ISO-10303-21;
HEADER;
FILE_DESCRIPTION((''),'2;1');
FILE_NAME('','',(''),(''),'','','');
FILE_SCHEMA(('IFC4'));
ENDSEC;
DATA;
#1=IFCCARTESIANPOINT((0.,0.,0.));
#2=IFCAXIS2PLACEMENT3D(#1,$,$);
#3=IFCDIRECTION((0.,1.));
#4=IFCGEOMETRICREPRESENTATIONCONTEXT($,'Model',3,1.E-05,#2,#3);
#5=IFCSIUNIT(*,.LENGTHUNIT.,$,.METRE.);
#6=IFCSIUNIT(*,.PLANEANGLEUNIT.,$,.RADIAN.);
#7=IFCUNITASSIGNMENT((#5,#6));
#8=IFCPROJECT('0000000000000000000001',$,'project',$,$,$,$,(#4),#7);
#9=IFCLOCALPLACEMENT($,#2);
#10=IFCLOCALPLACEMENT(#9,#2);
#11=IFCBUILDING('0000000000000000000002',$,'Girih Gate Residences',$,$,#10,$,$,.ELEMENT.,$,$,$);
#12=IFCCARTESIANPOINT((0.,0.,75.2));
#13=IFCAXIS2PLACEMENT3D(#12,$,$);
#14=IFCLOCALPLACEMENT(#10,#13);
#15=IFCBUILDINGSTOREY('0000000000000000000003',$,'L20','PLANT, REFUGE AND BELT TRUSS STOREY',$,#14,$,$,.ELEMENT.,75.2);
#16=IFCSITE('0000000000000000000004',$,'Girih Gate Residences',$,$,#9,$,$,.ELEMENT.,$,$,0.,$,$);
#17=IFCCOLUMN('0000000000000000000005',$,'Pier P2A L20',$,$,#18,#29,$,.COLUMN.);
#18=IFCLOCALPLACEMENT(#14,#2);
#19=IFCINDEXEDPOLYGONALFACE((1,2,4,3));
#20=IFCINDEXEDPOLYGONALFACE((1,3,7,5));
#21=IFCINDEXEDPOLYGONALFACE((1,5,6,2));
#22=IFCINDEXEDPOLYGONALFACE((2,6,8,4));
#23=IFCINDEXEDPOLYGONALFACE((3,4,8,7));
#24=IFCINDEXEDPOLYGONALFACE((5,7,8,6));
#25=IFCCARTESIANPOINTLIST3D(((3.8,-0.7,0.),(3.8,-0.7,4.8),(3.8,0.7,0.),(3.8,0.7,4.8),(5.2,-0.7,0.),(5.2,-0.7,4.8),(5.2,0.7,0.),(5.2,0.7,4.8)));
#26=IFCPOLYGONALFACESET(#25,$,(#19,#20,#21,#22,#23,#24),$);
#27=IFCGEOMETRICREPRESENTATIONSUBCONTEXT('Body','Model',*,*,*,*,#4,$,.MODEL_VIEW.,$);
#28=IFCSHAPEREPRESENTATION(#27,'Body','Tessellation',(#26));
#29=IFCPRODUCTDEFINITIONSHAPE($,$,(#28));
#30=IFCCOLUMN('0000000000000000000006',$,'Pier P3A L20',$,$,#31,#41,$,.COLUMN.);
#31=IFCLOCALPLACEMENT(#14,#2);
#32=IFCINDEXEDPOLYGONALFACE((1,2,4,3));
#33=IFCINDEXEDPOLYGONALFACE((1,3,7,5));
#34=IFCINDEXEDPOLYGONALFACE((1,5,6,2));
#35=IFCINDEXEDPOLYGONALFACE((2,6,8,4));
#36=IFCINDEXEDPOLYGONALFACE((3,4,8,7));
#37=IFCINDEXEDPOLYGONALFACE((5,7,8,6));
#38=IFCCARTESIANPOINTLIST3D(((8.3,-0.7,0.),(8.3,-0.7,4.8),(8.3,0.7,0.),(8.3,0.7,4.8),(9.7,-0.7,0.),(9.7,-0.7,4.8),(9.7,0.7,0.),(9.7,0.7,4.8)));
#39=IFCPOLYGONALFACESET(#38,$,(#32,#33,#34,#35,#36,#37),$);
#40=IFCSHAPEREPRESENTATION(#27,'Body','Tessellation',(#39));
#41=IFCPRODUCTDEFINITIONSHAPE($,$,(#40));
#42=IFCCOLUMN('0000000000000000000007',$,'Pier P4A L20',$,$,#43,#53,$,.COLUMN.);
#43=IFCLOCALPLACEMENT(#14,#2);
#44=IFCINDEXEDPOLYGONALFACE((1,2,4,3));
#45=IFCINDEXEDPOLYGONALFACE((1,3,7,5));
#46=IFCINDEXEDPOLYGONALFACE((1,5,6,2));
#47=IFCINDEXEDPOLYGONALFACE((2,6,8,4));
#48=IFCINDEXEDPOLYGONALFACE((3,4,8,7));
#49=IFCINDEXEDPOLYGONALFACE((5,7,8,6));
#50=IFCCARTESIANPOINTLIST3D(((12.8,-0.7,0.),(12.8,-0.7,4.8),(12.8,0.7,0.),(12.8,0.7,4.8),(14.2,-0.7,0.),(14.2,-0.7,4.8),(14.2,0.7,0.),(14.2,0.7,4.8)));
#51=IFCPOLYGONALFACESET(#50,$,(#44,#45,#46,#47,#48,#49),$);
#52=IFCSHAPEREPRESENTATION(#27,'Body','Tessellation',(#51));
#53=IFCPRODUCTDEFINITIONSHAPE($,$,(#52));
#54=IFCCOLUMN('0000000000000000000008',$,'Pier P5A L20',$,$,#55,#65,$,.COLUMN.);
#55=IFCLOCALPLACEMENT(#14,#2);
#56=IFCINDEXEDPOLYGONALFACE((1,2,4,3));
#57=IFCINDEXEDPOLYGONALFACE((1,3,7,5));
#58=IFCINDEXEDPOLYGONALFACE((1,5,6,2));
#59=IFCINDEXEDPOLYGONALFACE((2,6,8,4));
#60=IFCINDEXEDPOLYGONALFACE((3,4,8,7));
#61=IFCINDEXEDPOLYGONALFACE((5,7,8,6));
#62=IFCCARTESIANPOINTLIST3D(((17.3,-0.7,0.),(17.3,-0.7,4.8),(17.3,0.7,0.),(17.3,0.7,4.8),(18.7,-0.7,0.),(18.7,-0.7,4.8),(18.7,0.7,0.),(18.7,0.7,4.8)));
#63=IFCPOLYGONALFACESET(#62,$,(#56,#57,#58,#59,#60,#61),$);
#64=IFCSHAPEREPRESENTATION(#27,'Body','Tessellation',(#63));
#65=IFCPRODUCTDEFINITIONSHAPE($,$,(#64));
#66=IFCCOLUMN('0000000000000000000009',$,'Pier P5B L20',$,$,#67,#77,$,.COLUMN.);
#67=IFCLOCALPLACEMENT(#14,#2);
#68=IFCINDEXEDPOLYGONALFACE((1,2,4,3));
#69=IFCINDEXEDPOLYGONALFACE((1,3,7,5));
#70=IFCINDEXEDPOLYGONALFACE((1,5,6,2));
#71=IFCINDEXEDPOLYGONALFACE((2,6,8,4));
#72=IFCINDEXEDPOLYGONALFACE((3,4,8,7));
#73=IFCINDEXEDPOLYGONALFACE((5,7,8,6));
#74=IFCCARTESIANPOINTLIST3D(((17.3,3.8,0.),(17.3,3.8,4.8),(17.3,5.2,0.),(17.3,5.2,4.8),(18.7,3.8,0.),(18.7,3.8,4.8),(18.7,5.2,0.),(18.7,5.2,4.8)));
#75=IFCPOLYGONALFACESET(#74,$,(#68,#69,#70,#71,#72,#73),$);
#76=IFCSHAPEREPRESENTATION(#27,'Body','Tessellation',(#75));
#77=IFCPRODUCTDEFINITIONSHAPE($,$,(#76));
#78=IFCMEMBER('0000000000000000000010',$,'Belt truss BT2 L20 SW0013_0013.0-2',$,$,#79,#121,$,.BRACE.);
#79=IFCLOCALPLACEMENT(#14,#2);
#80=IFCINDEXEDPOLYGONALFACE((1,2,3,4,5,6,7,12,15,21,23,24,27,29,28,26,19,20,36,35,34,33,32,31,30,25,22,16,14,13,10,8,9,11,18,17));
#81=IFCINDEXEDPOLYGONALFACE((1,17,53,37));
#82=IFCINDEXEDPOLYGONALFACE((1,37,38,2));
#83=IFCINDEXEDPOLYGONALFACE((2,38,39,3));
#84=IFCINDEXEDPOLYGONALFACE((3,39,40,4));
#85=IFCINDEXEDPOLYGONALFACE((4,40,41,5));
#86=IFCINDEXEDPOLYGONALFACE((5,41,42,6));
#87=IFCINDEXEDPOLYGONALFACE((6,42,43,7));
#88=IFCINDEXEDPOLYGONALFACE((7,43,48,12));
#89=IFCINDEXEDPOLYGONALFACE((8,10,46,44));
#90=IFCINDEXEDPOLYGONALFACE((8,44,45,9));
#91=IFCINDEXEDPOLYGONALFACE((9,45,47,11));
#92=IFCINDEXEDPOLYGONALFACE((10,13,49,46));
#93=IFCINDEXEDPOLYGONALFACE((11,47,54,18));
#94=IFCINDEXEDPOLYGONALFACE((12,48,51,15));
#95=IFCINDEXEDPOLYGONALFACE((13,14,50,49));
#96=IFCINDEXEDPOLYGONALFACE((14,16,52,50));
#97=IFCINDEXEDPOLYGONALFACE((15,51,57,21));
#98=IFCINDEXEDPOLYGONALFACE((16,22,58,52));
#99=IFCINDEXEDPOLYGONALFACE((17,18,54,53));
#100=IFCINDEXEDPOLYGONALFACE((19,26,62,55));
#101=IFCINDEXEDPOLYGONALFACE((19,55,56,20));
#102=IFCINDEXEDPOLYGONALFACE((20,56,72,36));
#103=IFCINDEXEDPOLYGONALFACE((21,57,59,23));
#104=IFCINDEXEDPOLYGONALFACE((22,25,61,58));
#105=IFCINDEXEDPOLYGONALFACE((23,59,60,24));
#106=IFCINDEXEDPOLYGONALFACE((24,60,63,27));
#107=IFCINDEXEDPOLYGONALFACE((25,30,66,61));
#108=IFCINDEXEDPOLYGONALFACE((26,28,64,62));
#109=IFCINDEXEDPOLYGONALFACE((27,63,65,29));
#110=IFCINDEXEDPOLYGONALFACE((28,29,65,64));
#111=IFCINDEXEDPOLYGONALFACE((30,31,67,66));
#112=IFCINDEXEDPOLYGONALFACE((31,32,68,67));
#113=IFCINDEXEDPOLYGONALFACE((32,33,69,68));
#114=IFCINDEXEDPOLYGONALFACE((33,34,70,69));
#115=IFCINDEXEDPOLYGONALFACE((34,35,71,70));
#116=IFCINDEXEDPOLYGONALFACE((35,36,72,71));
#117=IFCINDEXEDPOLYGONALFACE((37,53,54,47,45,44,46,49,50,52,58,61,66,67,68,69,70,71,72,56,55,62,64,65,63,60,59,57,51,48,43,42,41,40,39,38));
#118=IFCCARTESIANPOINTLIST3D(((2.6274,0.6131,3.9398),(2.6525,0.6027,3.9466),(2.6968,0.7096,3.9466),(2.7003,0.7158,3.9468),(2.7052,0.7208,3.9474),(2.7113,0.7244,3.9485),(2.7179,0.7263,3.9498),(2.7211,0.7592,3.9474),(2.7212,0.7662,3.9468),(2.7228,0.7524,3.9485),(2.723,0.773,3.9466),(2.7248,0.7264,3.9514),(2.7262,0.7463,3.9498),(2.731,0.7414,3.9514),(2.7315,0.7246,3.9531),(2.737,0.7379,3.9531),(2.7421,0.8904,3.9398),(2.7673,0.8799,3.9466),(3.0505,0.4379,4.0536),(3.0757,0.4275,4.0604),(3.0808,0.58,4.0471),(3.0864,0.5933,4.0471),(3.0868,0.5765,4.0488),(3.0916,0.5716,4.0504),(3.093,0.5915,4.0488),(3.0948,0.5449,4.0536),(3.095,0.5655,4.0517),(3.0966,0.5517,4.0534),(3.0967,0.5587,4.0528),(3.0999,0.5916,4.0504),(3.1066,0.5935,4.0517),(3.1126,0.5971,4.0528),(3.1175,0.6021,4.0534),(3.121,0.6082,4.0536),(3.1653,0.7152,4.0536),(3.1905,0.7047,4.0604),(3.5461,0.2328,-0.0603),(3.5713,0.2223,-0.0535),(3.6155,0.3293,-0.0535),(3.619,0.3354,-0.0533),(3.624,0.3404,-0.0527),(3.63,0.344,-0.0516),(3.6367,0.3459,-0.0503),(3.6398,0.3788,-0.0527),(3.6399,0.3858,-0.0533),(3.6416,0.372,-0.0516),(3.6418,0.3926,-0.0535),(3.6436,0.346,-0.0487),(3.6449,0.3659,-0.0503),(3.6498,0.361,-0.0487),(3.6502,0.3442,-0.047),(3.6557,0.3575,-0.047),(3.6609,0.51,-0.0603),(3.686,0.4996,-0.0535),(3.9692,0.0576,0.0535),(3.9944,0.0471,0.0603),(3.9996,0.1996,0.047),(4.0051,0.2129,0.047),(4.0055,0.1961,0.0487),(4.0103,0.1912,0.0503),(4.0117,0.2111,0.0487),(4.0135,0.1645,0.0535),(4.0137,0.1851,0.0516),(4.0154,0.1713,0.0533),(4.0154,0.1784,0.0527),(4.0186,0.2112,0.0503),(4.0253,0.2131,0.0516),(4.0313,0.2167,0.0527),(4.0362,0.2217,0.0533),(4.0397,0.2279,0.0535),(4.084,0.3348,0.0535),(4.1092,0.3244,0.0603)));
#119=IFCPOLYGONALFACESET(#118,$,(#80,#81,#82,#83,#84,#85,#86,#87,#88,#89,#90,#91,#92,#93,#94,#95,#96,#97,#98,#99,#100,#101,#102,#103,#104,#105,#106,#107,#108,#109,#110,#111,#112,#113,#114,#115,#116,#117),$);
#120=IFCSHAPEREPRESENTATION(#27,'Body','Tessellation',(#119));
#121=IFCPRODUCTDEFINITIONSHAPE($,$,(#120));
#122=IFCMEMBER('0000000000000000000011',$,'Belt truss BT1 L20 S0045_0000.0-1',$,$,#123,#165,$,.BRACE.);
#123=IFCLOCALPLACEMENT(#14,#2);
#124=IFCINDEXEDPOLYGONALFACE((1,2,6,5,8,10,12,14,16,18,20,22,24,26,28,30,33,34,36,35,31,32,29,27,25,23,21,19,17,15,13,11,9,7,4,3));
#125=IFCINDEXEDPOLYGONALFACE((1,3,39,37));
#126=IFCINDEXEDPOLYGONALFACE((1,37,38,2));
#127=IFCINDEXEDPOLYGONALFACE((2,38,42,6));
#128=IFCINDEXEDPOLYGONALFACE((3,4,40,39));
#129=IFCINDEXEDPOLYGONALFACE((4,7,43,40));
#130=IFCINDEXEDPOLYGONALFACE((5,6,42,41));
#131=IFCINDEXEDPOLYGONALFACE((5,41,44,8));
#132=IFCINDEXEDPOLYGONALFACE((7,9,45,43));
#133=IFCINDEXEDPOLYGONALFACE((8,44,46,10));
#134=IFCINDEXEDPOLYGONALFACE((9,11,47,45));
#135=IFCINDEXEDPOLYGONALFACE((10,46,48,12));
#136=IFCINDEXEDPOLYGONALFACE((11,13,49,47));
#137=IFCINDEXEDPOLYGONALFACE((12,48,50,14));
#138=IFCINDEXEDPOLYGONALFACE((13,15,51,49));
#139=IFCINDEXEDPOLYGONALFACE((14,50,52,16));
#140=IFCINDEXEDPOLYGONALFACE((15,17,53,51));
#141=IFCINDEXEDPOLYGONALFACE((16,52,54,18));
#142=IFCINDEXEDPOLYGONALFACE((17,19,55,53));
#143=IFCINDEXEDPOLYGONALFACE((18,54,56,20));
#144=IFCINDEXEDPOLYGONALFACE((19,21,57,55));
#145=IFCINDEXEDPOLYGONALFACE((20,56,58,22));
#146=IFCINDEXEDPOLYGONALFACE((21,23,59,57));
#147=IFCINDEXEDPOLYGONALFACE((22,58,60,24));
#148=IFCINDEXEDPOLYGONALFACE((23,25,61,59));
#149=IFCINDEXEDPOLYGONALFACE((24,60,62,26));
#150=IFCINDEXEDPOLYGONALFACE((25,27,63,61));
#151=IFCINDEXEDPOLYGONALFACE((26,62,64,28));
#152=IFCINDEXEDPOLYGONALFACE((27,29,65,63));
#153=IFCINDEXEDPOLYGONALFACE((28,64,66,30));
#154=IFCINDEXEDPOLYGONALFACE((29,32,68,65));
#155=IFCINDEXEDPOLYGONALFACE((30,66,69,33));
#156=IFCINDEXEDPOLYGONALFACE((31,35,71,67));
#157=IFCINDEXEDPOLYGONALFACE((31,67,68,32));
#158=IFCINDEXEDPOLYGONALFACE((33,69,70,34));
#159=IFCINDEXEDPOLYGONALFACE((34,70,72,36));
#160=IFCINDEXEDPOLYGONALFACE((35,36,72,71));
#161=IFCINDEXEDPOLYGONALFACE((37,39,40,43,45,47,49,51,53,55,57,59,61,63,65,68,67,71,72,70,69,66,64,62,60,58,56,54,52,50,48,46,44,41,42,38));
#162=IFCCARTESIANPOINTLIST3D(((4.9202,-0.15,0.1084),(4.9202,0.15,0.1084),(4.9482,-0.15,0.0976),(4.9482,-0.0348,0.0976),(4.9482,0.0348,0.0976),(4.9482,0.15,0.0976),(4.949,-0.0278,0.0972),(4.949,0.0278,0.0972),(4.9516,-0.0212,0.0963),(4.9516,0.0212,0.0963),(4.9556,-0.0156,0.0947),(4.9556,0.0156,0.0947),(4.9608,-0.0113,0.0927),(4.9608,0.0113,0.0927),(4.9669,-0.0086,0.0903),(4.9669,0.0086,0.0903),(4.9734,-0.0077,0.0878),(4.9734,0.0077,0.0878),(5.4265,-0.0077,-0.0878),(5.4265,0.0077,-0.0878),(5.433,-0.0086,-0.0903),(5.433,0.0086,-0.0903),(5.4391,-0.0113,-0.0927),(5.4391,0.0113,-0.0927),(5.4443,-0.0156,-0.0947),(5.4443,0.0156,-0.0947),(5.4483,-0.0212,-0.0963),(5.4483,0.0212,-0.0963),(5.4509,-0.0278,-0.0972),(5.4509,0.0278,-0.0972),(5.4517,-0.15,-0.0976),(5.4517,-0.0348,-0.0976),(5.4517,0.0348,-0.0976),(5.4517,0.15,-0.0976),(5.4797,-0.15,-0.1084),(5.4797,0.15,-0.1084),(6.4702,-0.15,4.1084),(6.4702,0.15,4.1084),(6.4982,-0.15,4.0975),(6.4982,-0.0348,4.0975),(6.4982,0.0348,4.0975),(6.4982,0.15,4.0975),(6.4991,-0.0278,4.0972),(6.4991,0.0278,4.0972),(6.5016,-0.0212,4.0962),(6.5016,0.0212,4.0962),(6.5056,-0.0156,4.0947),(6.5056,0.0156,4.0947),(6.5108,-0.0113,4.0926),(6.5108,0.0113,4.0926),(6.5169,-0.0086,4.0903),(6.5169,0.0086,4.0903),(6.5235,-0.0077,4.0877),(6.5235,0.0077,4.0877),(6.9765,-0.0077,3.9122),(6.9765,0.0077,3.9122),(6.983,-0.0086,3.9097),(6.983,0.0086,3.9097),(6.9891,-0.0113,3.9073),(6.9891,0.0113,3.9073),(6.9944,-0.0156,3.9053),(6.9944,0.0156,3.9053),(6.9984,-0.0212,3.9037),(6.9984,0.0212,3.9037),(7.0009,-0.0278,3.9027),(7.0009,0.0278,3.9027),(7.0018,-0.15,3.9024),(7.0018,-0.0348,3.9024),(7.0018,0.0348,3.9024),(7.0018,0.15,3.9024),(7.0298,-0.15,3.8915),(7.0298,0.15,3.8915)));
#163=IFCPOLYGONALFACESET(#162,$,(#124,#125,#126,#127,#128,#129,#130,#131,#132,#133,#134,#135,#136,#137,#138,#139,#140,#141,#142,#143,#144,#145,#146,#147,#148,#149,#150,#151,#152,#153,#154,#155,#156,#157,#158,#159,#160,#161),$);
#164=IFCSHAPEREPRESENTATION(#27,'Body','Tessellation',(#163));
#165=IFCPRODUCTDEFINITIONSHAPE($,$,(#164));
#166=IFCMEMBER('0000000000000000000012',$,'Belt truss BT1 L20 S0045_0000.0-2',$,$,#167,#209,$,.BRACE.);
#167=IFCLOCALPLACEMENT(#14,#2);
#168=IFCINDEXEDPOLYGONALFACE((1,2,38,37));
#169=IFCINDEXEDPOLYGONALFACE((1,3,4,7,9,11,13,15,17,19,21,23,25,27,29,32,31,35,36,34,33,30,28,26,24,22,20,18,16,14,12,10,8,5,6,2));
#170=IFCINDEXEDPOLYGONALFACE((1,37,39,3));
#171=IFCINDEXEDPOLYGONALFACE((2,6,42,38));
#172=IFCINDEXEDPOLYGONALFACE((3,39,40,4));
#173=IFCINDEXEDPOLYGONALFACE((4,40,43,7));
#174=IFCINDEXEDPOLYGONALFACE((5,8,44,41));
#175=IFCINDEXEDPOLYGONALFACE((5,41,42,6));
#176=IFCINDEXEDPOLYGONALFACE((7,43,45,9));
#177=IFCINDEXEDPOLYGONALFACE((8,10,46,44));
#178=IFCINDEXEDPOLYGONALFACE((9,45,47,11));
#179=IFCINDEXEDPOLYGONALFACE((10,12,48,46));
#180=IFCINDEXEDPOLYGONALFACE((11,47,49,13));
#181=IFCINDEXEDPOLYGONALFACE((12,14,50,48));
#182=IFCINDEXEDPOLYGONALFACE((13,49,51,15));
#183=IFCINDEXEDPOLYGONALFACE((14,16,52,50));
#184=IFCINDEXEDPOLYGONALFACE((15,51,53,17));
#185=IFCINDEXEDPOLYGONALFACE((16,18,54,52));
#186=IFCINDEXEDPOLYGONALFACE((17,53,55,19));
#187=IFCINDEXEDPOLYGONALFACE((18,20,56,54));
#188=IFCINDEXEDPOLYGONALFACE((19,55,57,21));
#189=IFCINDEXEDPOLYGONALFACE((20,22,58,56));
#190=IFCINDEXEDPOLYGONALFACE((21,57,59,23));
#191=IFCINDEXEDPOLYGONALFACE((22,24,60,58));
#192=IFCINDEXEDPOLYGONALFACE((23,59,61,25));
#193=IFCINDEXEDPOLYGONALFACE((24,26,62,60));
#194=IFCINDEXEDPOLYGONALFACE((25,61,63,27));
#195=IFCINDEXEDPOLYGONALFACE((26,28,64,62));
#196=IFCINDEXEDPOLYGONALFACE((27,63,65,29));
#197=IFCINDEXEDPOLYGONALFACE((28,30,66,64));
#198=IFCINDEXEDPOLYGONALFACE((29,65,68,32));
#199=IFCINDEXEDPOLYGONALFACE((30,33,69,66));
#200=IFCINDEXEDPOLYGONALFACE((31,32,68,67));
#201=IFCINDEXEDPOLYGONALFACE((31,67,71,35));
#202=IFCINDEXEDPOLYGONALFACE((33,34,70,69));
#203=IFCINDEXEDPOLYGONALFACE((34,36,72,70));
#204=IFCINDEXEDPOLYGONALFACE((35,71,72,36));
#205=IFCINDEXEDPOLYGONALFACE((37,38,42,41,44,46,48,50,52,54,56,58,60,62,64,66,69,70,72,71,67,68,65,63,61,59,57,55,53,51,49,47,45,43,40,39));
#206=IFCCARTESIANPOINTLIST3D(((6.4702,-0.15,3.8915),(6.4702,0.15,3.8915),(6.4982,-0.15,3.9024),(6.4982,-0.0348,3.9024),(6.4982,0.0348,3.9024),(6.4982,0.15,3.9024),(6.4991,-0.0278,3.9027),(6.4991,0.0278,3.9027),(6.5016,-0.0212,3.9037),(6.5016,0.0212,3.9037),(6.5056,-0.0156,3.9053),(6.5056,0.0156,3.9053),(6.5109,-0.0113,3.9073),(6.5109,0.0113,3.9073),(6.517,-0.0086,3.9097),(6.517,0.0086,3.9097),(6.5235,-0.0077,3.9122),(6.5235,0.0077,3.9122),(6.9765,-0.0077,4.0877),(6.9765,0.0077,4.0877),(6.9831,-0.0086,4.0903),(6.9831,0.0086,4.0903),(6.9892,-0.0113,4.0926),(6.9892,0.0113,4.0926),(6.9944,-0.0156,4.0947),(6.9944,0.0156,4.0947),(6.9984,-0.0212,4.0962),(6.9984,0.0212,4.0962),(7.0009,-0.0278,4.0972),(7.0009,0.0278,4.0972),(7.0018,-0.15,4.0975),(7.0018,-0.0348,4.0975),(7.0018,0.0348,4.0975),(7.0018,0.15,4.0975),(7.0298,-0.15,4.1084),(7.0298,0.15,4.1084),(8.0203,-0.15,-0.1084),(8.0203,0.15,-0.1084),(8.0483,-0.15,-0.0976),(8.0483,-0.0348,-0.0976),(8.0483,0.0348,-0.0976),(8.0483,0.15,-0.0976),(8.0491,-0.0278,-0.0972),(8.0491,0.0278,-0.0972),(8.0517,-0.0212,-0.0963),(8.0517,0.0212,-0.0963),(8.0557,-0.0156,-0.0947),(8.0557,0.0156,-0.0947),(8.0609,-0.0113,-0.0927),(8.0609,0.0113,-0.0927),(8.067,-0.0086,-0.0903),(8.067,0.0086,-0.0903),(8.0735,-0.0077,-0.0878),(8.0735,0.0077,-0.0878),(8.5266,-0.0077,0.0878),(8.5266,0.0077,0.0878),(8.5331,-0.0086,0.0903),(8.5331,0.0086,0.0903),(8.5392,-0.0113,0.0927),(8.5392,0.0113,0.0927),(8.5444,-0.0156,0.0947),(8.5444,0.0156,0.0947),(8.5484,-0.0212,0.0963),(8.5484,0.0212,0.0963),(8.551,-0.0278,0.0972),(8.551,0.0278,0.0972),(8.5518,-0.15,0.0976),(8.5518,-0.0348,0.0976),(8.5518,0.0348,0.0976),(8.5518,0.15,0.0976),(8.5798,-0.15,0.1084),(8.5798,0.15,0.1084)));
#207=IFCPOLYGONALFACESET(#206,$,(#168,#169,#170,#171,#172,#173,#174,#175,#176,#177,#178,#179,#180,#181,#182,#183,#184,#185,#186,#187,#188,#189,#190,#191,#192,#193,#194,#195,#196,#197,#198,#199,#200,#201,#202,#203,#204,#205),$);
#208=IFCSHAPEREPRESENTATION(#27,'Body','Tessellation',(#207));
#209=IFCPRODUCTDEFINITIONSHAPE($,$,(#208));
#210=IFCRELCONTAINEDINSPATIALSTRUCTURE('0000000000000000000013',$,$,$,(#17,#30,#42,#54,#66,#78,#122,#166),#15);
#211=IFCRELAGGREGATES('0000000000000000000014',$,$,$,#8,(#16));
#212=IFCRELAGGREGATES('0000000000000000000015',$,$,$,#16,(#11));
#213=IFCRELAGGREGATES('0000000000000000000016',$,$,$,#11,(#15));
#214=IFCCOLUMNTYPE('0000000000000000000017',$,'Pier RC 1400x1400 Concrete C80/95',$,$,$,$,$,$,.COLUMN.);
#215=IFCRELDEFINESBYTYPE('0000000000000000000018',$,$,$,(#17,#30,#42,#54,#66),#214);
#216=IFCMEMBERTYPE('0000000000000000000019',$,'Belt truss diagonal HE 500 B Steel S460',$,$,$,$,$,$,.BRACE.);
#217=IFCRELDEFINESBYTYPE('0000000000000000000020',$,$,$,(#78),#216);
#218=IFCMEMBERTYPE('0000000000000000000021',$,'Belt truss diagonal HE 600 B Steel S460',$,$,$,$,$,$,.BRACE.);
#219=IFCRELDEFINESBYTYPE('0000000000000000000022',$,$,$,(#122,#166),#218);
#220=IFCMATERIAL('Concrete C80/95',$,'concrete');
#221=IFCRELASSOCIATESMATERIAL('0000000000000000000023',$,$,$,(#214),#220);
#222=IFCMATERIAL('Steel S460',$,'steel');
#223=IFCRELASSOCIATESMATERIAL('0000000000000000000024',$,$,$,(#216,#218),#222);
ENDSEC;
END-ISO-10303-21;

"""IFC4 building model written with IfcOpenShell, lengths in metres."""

from ifc_helpers import new_model, si_unit, direction, frame, origin, origin_2d, place, context, subcontext, project, spatial, rectangle, i_section, extrude, material, material_profile, profile_set, type_object, element, save


model = new_model("IFC4")

# Units and contexts
model_context = context("Model", 3, precision=1e-05, world=origin(), true_north=direction((0.0, 1.0)))
body_context = subcontext(model_context, "Body", "Model", "MODEL_VIEW")
ifc_project = project(units=[si_unit("LENGTHUNIT", "METRE"), si_unit("PLANEANGLEUNIT", "RADIAN")], contexts=[model_context])

# Site, building, storey
site_placement = place(None, origin())
site = spatial("IfcSite", under=ifc_project, at=site_placement, Name="Girih Gate Residences", CompositionType="ELEMENT", RefElevation=0.0)
building_placement = place(site_placement, origin())
building = spatial("IfcBuilding", under=site, at=building_placement, Name="Girih Gate Residences", CompositionType="ELEMENT")
storey_placement = place(building_placement, frame((0.0, 0.0, 75.2)))
storey = spatial("IfcBuildingStorey", under=building, at=storey_placement, Name="L20", Description="PLANT, REFUGE AND BELT TRUSS STOREY", CompositionType="ELEMENT", Elevation=75.2)

# Columns
ifc_material_1 = material(Name="Concrete C80/95", Category="concrete")
ifc_material_profile_1 = material_profile(ifc_material_1, rectangle(XDim=1.3999, YDim=1.3999, at=origin_2d()))
ifc_profile_set_1 = profile_set([ifc_material_profile_1], Name="Concrete C80/95")
column_type = type_object("IfcColumnType", Name="Pier RC 1400x1400 Concrete C80/95", PredefinedType="COLUMN", material=ifc_profile_set_1)
for number, where, z_axis, x_axis, name in (
    (1, (4.5, 0.0, 0.0), (0.0, 0.0, 1.0), (1.0, 0.0, 0.0), "Pier P2A L20"),
    (2, (9.0, 0.0, 0.0), (0.0, 0.0, 1.0), (1.0, 0.0, 0.0), "Pier P3A L20"),
    (3, (13.5, 0.0, 0.0), (0.0, 0.0, 1.0), (1.0, 0.0, 0.0), "Pier P4A L20"),
    (4, (18.0, 0.0, 0.0), (0.0, 0.0, 1.0), (1.0, 0.0, 0.0), "Pier P5A L20"),
    (5, (18.0, 4.5, 0.0), (0.0, 0.0, 1.0), (1.0, 0.0, 0.0), "Pier P5B L20"),
):
    element("IfcColumn", number, at=place(storey_placement, frame(where, z_axis=z_axis, x_axis=x_axis)), inside=storey, type_object=column_type, Name=name, PredefinedType="COLUMN", context=body_context, shape_type="SweptSolid", body=[
        extrude(rectangle(XDim=1.3999, YDim=1.3999, at=origin_2d()), origin(), (0.0, 0.0, 1.0), 4.8),
    ])

# Members
ifc_material_2 = material(Name="Steel S460", Category="steel")
ifc_material_profile_2 = material_profile(ifc_material_2, i_section(OverallWidth=0.3, OverallDepth=0.5, WebThickness=0.0144, FlangeThickness=0.0281, FilletRadius=0.0271, at=origin_2d()))
ifc_profile_set_2 = profile_set([ifc_material_profile_2], Name="Steel S460")
member_type_1 = type_object("IfcMemberType", Name="Belt truss diagonal HE 500 B Steel S460", PredefinedType="BRACE", material=ifc_profile_set_2)
member_placement = place(storey_placement, frame((3.8276, 0.2786, 0.0), z_axis=(-0.222892, 0.092284, 0.970465), x_axis=(-0.38254, -0.923939, 0.0)))
element("IfcMember", 6, at=member_placement, inside=storey, type_object=member_type_1, Name="Belt truss BT2 L20 SW0013_0013.0-2", PredefinedType="BRACE", context=body_context, shape_type="SweptSolid", body=[
    extrude(i_section(OverallWidth=0.3, OverallDepth=0.5, WebThickness=0.0144, FlangeThickness=0.0281, FilletRadius=0.0271, at=origin_2d()), origin(), (0.0, 0.0, 1.0), 4.1218),
])
ifc_material_profile_3 = material_profile(ifc_material_2, i_section(OverallWidth=0.3, OverallDepth=0.6001, WebThickness=0.0154, FlangeThickness=0.03, FilletRadius=0.0271, at=origin_2d()))
ifc_profile_set_3 = profile_set([ifc_material_profile_3], Name="Steel S460")
member_type_2 = type_object("IfcMemberType", Name="Belt truss diagonal HE 600 B Steel S460", PredefinedType="BRACE", material=ifc_profile_set_3)
for number, where, z_axis, x_axis, name in (
    (7, (5.2, 0.0, 0.0), (0.361331, 0.0, 0.932438), (0.0, 1.0, 0.0), "Belt truss BT1 L20 S0045_0000.0-1"),
    (8, (8.3, 0.0, 0.0), (-0.361331, 0.0, 0.932438), (0.0, -1.0, 0.0), "Belt truss BT1 L20 S0045_0000.0-2"),
):
    element("IfcMember", number, at=place(storey_placement, frame(where, z_axis=z_axis, x_axis=x_axis)), inside=storey, type_object=member_type_2, Name=name, PredefinedType="BRACE", context=body_context, shape_type="SweptSolid", body=[
        extrude(i_section(OverallWidth=0.3, OverallDepth=0.6001, WebThickness=0.0154, FlangeThickness=0.03, FilletRadius=0.0271, at=origin_2d()), origin(), (0.0, 0.0, 1.0), 4.2898),
    ])

save(model, "model.ifc")
